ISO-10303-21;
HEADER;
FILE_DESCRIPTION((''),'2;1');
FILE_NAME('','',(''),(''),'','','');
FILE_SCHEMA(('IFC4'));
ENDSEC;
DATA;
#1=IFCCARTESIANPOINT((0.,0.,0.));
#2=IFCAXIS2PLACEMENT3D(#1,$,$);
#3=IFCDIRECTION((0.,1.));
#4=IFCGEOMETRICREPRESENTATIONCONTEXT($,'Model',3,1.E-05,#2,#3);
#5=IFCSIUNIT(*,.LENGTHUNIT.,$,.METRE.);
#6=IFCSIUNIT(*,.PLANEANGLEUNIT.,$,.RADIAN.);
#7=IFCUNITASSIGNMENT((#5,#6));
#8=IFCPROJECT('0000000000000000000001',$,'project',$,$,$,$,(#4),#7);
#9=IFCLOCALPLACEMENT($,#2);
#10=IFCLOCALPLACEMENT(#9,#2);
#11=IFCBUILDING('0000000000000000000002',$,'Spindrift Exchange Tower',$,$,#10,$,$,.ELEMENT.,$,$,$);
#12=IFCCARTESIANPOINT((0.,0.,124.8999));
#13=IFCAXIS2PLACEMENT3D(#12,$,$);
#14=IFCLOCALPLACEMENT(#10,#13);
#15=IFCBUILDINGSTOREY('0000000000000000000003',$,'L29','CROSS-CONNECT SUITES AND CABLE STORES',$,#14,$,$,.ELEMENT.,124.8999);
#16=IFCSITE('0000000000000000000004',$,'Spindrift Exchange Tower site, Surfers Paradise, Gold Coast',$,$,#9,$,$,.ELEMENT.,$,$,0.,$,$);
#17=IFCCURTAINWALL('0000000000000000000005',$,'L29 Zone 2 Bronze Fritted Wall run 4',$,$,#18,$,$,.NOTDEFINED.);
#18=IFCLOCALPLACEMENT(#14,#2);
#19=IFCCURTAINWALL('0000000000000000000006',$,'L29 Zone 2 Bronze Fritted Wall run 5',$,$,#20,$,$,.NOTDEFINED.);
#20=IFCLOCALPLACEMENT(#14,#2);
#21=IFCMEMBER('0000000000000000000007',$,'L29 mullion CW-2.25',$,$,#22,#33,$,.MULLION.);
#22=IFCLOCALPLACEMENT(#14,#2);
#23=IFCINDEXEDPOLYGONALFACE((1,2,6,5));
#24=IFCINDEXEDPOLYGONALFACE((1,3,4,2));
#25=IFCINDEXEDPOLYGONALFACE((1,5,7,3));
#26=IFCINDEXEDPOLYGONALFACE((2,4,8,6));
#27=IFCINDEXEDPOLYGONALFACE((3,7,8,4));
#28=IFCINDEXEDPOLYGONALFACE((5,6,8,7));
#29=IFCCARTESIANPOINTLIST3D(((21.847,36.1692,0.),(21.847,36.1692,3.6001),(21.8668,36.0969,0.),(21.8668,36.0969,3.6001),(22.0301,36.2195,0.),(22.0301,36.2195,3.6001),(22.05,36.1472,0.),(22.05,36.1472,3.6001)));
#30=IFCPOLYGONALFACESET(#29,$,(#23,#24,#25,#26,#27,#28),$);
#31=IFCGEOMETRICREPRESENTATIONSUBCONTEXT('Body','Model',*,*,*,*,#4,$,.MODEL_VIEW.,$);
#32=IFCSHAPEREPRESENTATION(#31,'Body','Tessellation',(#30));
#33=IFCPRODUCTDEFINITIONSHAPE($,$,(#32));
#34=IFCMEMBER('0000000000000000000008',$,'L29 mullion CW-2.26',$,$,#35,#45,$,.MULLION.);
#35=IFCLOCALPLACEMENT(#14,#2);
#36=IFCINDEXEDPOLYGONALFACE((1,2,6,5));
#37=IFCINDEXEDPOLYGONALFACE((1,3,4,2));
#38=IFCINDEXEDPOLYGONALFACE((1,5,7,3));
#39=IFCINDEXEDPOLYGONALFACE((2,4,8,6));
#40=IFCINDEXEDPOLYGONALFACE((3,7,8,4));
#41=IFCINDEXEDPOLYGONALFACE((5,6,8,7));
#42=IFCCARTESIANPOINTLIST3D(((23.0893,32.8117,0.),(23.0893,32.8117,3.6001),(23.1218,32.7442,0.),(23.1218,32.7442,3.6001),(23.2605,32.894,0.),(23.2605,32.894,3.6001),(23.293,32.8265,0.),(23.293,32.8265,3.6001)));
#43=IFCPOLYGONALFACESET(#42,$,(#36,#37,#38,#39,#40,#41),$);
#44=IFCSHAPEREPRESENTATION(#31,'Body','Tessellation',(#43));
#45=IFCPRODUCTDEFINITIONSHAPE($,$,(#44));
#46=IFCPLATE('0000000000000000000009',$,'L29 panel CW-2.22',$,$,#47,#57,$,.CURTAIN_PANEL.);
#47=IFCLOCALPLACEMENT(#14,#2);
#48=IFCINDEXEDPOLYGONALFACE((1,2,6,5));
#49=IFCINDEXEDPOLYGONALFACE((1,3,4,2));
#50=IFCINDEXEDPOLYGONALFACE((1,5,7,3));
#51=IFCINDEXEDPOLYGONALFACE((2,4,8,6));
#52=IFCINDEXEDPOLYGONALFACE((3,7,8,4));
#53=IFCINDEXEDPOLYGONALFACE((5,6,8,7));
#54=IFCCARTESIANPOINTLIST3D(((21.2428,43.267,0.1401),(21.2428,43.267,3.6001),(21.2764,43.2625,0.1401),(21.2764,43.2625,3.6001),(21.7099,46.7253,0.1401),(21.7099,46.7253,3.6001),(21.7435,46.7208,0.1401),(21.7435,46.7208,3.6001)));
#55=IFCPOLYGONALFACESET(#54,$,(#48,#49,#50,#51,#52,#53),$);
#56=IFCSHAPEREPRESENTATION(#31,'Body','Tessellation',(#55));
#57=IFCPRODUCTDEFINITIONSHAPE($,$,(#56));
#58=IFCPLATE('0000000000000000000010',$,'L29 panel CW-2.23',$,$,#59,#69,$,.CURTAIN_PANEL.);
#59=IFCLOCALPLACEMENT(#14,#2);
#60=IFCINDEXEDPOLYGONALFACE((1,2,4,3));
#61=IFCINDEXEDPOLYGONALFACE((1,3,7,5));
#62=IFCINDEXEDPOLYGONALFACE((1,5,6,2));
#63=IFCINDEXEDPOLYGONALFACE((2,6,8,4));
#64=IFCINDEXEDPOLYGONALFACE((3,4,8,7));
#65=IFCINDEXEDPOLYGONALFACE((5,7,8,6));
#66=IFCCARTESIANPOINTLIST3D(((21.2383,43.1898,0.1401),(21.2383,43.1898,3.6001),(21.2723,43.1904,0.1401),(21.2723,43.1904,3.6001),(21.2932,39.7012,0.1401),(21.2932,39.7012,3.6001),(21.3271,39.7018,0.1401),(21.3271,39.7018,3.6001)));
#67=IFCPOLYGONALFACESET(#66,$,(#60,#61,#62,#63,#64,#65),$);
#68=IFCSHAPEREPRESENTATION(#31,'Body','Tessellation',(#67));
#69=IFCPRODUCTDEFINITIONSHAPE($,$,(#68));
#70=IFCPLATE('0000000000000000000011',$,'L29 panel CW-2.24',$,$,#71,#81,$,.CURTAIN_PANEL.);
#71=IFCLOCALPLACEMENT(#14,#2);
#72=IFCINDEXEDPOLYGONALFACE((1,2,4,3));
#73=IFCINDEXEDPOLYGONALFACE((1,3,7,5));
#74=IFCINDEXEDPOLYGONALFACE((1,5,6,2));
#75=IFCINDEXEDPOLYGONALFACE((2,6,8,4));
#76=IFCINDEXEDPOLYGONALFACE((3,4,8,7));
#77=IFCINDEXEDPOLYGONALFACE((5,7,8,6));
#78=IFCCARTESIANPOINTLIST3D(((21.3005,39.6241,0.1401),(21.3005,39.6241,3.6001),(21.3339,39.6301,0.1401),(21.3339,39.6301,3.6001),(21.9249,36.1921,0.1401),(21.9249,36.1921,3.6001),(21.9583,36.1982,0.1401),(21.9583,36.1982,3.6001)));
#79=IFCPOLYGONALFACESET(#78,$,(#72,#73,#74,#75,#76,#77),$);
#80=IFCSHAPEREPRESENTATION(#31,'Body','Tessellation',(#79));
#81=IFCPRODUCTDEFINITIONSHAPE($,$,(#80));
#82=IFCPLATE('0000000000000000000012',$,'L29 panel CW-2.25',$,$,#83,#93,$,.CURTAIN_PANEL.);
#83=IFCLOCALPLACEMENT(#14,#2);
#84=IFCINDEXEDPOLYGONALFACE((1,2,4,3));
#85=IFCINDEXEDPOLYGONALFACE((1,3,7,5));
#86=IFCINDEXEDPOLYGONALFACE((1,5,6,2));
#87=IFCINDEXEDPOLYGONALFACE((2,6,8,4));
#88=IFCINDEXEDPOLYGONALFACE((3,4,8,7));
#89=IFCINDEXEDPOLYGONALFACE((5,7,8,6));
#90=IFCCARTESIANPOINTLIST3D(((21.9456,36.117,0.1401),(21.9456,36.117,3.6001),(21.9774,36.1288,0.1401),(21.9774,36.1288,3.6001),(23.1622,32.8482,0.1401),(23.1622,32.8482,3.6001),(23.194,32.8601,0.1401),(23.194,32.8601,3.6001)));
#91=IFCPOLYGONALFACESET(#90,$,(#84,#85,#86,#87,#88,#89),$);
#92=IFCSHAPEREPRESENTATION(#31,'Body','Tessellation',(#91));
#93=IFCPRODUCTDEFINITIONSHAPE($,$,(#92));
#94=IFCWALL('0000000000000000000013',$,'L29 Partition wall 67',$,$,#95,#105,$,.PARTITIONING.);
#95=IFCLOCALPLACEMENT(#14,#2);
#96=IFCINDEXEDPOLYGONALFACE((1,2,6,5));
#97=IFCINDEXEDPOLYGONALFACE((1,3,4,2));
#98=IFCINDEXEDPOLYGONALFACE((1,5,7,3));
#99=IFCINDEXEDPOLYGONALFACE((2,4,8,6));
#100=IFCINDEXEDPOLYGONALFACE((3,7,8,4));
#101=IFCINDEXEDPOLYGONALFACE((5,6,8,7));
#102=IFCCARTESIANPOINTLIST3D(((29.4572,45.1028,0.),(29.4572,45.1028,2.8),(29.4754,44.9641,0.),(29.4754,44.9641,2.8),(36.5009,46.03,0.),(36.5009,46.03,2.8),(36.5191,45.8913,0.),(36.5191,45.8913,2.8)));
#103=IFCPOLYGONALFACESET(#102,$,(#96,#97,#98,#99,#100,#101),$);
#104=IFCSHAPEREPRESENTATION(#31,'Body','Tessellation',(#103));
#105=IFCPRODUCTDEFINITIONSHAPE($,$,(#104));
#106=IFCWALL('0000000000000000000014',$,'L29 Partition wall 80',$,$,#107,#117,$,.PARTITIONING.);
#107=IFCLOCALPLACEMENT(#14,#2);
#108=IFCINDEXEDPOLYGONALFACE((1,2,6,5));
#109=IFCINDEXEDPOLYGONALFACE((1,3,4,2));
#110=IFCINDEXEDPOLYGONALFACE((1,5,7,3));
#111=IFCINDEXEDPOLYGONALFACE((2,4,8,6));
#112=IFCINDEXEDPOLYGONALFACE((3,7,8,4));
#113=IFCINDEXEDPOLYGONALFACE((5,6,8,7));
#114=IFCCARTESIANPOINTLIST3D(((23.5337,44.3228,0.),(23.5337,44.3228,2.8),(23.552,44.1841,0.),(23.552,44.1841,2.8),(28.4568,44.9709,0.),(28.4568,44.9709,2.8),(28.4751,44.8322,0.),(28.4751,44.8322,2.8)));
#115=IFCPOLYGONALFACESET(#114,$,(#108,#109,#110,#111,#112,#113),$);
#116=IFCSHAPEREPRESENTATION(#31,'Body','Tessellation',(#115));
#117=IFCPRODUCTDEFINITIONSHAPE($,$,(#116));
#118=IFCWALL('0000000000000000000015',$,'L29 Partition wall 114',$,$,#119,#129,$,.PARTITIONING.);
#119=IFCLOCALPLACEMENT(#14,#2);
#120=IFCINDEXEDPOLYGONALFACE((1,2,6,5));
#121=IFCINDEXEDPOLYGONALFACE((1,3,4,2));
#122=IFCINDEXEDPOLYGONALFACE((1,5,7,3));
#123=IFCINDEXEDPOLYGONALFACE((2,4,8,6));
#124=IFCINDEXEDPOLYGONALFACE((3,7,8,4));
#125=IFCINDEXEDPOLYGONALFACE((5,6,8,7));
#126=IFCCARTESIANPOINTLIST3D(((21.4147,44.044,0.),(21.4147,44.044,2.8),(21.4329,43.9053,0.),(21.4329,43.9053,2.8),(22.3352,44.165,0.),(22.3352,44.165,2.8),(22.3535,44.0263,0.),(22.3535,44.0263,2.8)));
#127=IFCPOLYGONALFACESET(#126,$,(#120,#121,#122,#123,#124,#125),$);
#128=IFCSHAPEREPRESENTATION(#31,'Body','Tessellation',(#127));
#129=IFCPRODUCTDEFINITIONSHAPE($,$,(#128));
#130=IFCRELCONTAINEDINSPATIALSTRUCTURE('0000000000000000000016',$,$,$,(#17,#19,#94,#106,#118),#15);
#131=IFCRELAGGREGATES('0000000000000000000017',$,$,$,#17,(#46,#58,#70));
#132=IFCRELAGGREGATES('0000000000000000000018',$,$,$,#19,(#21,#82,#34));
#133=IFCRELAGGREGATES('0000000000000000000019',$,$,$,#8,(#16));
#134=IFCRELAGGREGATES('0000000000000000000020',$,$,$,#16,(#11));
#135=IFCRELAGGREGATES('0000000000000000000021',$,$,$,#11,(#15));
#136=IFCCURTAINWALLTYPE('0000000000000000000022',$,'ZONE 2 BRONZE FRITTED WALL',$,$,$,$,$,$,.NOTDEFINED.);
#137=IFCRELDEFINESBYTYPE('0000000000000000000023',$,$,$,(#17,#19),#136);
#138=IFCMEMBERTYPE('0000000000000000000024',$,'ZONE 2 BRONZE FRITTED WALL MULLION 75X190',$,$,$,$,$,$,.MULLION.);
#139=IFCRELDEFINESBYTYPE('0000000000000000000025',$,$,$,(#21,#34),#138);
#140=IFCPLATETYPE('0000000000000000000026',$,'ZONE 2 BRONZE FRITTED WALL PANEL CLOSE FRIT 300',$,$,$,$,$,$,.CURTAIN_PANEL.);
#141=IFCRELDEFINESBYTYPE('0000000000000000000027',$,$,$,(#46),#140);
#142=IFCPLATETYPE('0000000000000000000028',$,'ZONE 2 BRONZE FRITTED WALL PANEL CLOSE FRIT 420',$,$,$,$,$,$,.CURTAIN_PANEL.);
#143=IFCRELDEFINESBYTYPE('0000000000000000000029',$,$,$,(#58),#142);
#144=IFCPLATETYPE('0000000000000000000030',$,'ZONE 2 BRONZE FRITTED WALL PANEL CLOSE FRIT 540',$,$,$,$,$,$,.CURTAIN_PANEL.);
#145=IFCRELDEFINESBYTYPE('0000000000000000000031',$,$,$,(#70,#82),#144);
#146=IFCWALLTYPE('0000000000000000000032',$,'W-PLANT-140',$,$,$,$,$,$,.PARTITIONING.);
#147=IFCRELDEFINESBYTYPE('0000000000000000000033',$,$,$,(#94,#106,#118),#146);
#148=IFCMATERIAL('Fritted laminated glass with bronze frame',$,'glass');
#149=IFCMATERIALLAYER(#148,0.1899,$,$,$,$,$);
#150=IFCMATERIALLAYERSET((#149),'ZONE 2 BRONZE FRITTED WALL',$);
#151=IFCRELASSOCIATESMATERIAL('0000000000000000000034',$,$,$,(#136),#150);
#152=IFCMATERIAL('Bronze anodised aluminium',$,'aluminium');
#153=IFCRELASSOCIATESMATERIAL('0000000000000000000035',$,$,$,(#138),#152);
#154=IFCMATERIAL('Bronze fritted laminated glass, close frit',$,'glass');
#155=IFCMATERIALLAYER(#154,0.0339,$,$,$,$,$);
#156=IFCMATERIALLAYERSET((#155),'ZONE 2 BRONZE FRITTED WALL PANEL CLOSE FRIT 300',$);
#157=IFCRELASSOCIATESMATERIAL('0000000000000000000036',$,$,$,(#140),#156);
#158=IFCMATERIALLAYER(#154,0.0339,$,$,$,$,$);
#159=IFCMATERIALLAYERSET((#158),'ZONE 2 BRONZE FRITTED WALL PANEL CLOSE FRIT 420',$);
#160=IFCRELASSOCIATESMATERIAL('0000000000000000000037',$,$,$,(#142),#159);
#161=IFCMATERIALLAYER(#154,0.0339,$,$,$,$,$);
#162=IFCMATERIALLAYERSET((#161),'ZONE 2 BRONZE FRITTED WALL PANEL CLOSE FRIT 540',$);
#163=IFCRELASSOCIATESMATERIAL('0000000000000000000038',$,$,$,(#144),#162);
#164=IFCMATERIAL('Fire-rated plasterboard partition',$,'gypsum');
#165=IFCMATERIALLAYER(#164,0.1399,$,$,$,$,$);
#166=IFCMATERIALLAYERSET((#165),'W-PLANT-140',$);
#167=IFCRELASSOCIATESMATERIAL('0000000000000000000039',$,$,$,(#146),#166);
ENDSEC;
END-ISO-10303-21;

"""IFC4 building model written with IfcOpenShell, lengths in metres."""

from ifc_helpers import new_model, si_unit, direction, frame, frame_2d, origin, origin_2d, place, context, subcontext, project, spatial, rectangle, extrude, source, transform, mapped, material, layer, layer_set, material_profile, profile_set, type_object, element, aggregate, save


model = new_model("IFC4")

# Units and contexts
model_context = context("Model", 3, precision=1e-05, world=origin(), true_north=direction((0.0, 1.0)))
body_context = subcontext(model_context, "Body", "Model", "MODEL_VIEW")
ifc_project = project(units=[si_unit("LENGTHUNIT", "METRE"), si_unit("PLANEANGLEUNIT", "RADIAN")], contexts=[model_context])

# Site, building, storey
site_placement = place(None, origin())
site = spatial("IfcSite", under=ifc_project, at=site_placement, Name="Spindrift Exchange Tower site, Surfers Paradise, Gold Coast", CompositionType="ELEMENT", RefElevation=0.0)
building_placement = place(site_placement, origin())
building = spatial("IfcBuilding", under=site, at=building_placement, Name="Spindrift Exchange Tower", CompositionType="ELEMENT")
storey_placement = place(building_placement, frame((0.0, 0.0, 124.8999)))
storey = spatial("IfcBuildingStorey", under=building, at=storey_placement, Name="L29", Description="CROSS-CONNECT SUITES AND CABLE STORES", CompositionType="ELEMENT", Elevation=124.8999)

# Curtain walls
ifc_material_1 = material(Name="Fritted laminated glass with bronze frame", Category="glass")
ifc_layer_1 = layer(ifc_material_1, 0.1899)
ifc_layer_set_1 = layer_set([ifc_layer_1], Name="ZONE 2 BRONZE FRITTED WALL")
curtain_wall_type = type_object("IfcCurtainWallType", Name="ZONE 2 BRONZE FRITTED WALL", PredefinedType="NOTDEFINED", material=ifc_layer_set_1)
curtain_wall_1_placement = place(storey_placement, origin())
curtain_wall_1 = element("IfcCurtainWall", 1, at=curtain_wall_1_placement, inside=storey, type_object=curtain_wall_type, Name="L29 Zone 2 Bronze Fritted Wall run 4", PredefinedType="NOTDEFINED")
ifc_material_2 = material(Name="Bronze anodised aluminium", Category="aluminium")
curtain_wall_2_placement = place(storey_placement, origin())
curtain_wall_2 = element("IfcCurtainWall", 2, at=curtain_wall_2_placement, inside=storey, type_object=curtain_wall_type, Name="L29 Zone 2 Bronze Fritted Wall run 5", PredefinedType="NOTDEFINED")

# Members
ifc_material_profile_1 = material_profile(ifc_material_2, rectangle(XDim=0.075, YDim=0.1899, at=origin_2d()), Name="ZONE 2 BRONZE FRITTED WALL MULLION 75X190")
ifc_profile_set_1 = profile_set([ifc_material_profile_1], Name="Bronze anodised aluminium")
member_type_1 = type_object("IfcMemberType", Name="ZONE 2 BRONZE FRITTED WALL MULLION 75X190", PredefinedType="MULLION", material=ifc_profile_set_1)
shared_shape_1 = source(origin(), body_context, "Body", "SweptSolid", [
    extrude(rectangle(XDim=0.075, YDim=0.1899, at=origin_2d()), origin(), (0.0, 0.0, 1.0), 3.6001),
])
member_1_placement = place(storey_placement, frame((21.9485, 36.1582, 0.0), z_axis=(0.0, 0.0, 1.0), x_axis=(0.264931, -0.964267, 0.0)))
member_1 = element("IfcMember", 3, at=member_1_placement, type_object=member_type_1, Name="L29 mullion CW-2.25", PredefinedType="MULLION", context=body_context, shape_type="MappedRepresentation", body=[
    mapped(shared_shape_1, transform((0.0, 0.0, 0.0), scale=1.0)),
])
member_2_placement = place(storey_placement, frame((23.1912, 32.8191, 0.0), z_axis=(0.0, 0.0, 1.0), x_axis=(0.433169, -0.901313, 0.0)))
member_2 = element("IfcMember", 4, at=member_2_placement, type_object=member_type_1, Name="L29 mullion CW-2.26", PredefinedType="MULLION", context=body_context, shape_type="MappedRepresentation", body=[
    mapped(shared_shape_1, transform((0.0, 0.0, 0.0), scale=1.0)),
])

# Plates
ifc_material_3 = material(Name="Bronze fritted laminated glass, close frit", Category="glass")
ifc_layer_2 = layer(ifc_material_3, 0.0339)
ifc_layer_set_2 = layer_set([ifc_layer_2], Name="ZONE 2 BRONZE FRITTED WALL PANEL CLOSE FRIT 300")
plate_type_1 = type_object("IfcPlateType", Name="ZONE 2 BRONZE FRITTED WALL PANEL CLOSE FRIT 300", PredefinedType="CURTAIN_PANEL", material=ifc_layer_set_2)
shared_shape_2 = source(origin(), body_context, "Body", "SweptSolid", [
    extrude(rectangle(XDim=3.4897, YDim=0.0339, at=origin_2d()), origin(), (0.0, 0.0, 1.0), 3.46),
])
plate_1_placement = place(storey_placement, frame((21.4932, 44.9939, 0.1401), z_axis=(0.0, 0.0, 1.0), x_axis=(-0.133841, -0.991003, 0.0)))
plate_1 = element("IfcPlate", 5, at=plate_1_placement, type_object=plate_type_1, Name="L29 panel CW-2.22", PredefinedType="CURTAIN_PANEL", context=body_context, shape_type="MappedRepresentation", body=[
    mapped(shared_shape_2, transform((0.0, 0.0, 0.0), scale=1.0)),
])
ifc_layer_3 = layer(ifc_material_3, 0.0339)
ifc_layer_set_3 = layer_set([ifc_layer_3], Name="ZONE 2 BRONZE FRITTED WALL PANEL CLOSE FRIT 420")
plate_type_2 = type_object("IfcPlateType", Name="ZONE 2 BRONZE FRITTED WALL PANEL CLOSE FRIT 420", PredefinedType="CURTAIN_PANEL", material=ifc_layer_set_3)
shared_shape_3 = source(origin(), body_context, "Body", "SweptSolid", [
    extrude(rectangle(XDim=3.489, YDim=0.0339, at=origin_2d()), origin(), (0.0, 0.0, 1.0), 3.46),
])
plate_2_placement = place(storey_placement, frame((21.2827, 41.4458, 0.1401), z_axis=(0.0, 0.0, 1.0), x_axis=(0.015713, -0.999877, 0.0)))
plate_2 = element("IfcPlate", 6, at=plate_2_placement, type_object=plate_type_2, Name="L29 panel CW-2.23", PredefinedType="CURTAIN_PANEL", context=body_context, shape_type="MappedRepresentation", body=[
    mapped(shared_shape_3, transform((0.0, 0.0, 0.0), scale=1.0)),
])
ifc_layer_4 = layer(ifc_material_3, 0.0339)
ifc_layer_set_4 = layer_set([ifc_layer_4], Name="ZONE 2 BRONZE FRITTED WALL PANEL CLOSE FRIT 540")
plate_type_3 = type_object("IfcPlateType", Name="ZONE 2 BRONZE FRITTED WALL PANEL CLOSE FRIT 540", PredefinedType="CURTAIN_PANEL", material=ifc_layer_set_4)
shared_shape_4 = source(origin(), body_context, "Body", "SweptSolid", [
    extrude(rectangle(XDim=3.4883, YDim=0.0339, at=origin_2d()), origin(), (0.0, 0.0, 1.0), 3.46),
])
plate_3_placement = place(storey_placement, frame((21.6294, 37.9111, 0.1401), z_axis=(0.0, 0.0, 1.0), x_axis=(0.178984, -0.983852, 0.0)))
plate_3 = element("IfcPlate", 7, at=plate_3_placement, type_object=plate_type_3, Name="L29 panel CW-2.24", PredefinedType="CURTAIN_PANEL", context=body_context, shape_type="MappedRepresentation", body=[
    mapped(shared_shape_4, transform((0.0, 0.0, 0.0), scale=1.0)),
])
aggregate(curtain_wall_1, [plate_1, plate_2, plate_3])
shared_shape_5 = source(origin(), body_context, "Body", "SweptSolid", [
    extrude(rectangle(XDim=3.4878, YDim=0.0339, at=origin_2d()), origin(), (0.0, 0.0, 1.0), 3.46),
])
plate_4_placement = place(storey_placement, frame((22.5698, 34.4885, 0.1401), z_axis=(0.0, 0.0, 1.0), x_axis=(0.348819, -0.93719, 0.0)))
plate_4 = element("IfcPlate", 8, at=plate_4_placement, type_object=plate_type_3, Name="L29 panel CW-2.25", PredefinedType="CURTAIN_PANEL", context=body_context, shape_type="MappedRepresentation", body=[
    mapped(shared_shape_5, transform((0.0, 0.0, 0.0), scale=1.0)),
])
aggregate(curtain_wall_2, [member_1, plate_4, member_2])

# Walls
ifc_material_4 = material(Name="Fire-rated plasterboard partition", Category="gypsum")
ifc_layer_5 = layer(ifc_material_4, 0.1399)
ifc_layer_set_5 = layer_set([ifc_layer_5], Name="W-PLANT-140")
wall_type_1 = type_object("IfcWallType", Name="W-PLANT-140", PredefinedType="PARTITIONING", material=ifc_layer_set_5)
wall_1_placement = place(storey_placement, frame((36.51, 45.9607, 0.0), z_axis=(0.0, 0.0, 1.0), x_axis=(-0.991446, -0.130516, 0.0)))
element("IfcWall", 9, at=wall_1_placement, inside=storey, type_object=wall_type_1, Name="L29 Partition wall 67", PredefinedType="PARTITIONING", context=body_context, shape_type="SweptSolid", body=[
    extrude(rectangle(XDim=7.1045, YDim=0.1399, at=frame_2d((3.5522, 0.0))), origin(), (0.0, 0.0, 1.0), 2.8),
])
wall_2_placement = place(storey_placement, frame((28.4661, 44.9016, 0.0), z_axis=(0.0, 0.0, 1.0), x_axis=(-0.991443, -0.130537, 0.0)))
element("IfcWall", 10, at=wall_2_placement, inside=storey, type_object=wall_type_1, Name="L29 Partition wall 80", PredefinedType="PARTITIONING", context=body_context, shape_type="SweptSolid", body=[
    extrude(rectangle(XDim=4.9656, YDim=0.1399, at=frame_2d((2.4829, 0.0))), origin(), (0.0, 0.0, 1.0), 2.8),
])
wall_3_placement = place(storey_placement, frame((22.3445, 44.0957, 0.0), z_axis=(0.0, 0.0, 1.0), x_axis=(-0.991461, -0.130407, 0.0)))
element("IfcWall", 11, at=wall_3_placement, inside=storey, type_object=wall_type_1, Name="L29 Partition wall 114", PredefinedType="PARTITIONING", context=body_context, shape_type="SweptSolid", body=[
    extrude(rectangle(XDim=0.9285, YDim=0.1399, at=frame_2d((0.4644, 0.0))), origin(), (0.0, 0.0, 1.0), 2.8),
])

save(model, "model.ifc")
